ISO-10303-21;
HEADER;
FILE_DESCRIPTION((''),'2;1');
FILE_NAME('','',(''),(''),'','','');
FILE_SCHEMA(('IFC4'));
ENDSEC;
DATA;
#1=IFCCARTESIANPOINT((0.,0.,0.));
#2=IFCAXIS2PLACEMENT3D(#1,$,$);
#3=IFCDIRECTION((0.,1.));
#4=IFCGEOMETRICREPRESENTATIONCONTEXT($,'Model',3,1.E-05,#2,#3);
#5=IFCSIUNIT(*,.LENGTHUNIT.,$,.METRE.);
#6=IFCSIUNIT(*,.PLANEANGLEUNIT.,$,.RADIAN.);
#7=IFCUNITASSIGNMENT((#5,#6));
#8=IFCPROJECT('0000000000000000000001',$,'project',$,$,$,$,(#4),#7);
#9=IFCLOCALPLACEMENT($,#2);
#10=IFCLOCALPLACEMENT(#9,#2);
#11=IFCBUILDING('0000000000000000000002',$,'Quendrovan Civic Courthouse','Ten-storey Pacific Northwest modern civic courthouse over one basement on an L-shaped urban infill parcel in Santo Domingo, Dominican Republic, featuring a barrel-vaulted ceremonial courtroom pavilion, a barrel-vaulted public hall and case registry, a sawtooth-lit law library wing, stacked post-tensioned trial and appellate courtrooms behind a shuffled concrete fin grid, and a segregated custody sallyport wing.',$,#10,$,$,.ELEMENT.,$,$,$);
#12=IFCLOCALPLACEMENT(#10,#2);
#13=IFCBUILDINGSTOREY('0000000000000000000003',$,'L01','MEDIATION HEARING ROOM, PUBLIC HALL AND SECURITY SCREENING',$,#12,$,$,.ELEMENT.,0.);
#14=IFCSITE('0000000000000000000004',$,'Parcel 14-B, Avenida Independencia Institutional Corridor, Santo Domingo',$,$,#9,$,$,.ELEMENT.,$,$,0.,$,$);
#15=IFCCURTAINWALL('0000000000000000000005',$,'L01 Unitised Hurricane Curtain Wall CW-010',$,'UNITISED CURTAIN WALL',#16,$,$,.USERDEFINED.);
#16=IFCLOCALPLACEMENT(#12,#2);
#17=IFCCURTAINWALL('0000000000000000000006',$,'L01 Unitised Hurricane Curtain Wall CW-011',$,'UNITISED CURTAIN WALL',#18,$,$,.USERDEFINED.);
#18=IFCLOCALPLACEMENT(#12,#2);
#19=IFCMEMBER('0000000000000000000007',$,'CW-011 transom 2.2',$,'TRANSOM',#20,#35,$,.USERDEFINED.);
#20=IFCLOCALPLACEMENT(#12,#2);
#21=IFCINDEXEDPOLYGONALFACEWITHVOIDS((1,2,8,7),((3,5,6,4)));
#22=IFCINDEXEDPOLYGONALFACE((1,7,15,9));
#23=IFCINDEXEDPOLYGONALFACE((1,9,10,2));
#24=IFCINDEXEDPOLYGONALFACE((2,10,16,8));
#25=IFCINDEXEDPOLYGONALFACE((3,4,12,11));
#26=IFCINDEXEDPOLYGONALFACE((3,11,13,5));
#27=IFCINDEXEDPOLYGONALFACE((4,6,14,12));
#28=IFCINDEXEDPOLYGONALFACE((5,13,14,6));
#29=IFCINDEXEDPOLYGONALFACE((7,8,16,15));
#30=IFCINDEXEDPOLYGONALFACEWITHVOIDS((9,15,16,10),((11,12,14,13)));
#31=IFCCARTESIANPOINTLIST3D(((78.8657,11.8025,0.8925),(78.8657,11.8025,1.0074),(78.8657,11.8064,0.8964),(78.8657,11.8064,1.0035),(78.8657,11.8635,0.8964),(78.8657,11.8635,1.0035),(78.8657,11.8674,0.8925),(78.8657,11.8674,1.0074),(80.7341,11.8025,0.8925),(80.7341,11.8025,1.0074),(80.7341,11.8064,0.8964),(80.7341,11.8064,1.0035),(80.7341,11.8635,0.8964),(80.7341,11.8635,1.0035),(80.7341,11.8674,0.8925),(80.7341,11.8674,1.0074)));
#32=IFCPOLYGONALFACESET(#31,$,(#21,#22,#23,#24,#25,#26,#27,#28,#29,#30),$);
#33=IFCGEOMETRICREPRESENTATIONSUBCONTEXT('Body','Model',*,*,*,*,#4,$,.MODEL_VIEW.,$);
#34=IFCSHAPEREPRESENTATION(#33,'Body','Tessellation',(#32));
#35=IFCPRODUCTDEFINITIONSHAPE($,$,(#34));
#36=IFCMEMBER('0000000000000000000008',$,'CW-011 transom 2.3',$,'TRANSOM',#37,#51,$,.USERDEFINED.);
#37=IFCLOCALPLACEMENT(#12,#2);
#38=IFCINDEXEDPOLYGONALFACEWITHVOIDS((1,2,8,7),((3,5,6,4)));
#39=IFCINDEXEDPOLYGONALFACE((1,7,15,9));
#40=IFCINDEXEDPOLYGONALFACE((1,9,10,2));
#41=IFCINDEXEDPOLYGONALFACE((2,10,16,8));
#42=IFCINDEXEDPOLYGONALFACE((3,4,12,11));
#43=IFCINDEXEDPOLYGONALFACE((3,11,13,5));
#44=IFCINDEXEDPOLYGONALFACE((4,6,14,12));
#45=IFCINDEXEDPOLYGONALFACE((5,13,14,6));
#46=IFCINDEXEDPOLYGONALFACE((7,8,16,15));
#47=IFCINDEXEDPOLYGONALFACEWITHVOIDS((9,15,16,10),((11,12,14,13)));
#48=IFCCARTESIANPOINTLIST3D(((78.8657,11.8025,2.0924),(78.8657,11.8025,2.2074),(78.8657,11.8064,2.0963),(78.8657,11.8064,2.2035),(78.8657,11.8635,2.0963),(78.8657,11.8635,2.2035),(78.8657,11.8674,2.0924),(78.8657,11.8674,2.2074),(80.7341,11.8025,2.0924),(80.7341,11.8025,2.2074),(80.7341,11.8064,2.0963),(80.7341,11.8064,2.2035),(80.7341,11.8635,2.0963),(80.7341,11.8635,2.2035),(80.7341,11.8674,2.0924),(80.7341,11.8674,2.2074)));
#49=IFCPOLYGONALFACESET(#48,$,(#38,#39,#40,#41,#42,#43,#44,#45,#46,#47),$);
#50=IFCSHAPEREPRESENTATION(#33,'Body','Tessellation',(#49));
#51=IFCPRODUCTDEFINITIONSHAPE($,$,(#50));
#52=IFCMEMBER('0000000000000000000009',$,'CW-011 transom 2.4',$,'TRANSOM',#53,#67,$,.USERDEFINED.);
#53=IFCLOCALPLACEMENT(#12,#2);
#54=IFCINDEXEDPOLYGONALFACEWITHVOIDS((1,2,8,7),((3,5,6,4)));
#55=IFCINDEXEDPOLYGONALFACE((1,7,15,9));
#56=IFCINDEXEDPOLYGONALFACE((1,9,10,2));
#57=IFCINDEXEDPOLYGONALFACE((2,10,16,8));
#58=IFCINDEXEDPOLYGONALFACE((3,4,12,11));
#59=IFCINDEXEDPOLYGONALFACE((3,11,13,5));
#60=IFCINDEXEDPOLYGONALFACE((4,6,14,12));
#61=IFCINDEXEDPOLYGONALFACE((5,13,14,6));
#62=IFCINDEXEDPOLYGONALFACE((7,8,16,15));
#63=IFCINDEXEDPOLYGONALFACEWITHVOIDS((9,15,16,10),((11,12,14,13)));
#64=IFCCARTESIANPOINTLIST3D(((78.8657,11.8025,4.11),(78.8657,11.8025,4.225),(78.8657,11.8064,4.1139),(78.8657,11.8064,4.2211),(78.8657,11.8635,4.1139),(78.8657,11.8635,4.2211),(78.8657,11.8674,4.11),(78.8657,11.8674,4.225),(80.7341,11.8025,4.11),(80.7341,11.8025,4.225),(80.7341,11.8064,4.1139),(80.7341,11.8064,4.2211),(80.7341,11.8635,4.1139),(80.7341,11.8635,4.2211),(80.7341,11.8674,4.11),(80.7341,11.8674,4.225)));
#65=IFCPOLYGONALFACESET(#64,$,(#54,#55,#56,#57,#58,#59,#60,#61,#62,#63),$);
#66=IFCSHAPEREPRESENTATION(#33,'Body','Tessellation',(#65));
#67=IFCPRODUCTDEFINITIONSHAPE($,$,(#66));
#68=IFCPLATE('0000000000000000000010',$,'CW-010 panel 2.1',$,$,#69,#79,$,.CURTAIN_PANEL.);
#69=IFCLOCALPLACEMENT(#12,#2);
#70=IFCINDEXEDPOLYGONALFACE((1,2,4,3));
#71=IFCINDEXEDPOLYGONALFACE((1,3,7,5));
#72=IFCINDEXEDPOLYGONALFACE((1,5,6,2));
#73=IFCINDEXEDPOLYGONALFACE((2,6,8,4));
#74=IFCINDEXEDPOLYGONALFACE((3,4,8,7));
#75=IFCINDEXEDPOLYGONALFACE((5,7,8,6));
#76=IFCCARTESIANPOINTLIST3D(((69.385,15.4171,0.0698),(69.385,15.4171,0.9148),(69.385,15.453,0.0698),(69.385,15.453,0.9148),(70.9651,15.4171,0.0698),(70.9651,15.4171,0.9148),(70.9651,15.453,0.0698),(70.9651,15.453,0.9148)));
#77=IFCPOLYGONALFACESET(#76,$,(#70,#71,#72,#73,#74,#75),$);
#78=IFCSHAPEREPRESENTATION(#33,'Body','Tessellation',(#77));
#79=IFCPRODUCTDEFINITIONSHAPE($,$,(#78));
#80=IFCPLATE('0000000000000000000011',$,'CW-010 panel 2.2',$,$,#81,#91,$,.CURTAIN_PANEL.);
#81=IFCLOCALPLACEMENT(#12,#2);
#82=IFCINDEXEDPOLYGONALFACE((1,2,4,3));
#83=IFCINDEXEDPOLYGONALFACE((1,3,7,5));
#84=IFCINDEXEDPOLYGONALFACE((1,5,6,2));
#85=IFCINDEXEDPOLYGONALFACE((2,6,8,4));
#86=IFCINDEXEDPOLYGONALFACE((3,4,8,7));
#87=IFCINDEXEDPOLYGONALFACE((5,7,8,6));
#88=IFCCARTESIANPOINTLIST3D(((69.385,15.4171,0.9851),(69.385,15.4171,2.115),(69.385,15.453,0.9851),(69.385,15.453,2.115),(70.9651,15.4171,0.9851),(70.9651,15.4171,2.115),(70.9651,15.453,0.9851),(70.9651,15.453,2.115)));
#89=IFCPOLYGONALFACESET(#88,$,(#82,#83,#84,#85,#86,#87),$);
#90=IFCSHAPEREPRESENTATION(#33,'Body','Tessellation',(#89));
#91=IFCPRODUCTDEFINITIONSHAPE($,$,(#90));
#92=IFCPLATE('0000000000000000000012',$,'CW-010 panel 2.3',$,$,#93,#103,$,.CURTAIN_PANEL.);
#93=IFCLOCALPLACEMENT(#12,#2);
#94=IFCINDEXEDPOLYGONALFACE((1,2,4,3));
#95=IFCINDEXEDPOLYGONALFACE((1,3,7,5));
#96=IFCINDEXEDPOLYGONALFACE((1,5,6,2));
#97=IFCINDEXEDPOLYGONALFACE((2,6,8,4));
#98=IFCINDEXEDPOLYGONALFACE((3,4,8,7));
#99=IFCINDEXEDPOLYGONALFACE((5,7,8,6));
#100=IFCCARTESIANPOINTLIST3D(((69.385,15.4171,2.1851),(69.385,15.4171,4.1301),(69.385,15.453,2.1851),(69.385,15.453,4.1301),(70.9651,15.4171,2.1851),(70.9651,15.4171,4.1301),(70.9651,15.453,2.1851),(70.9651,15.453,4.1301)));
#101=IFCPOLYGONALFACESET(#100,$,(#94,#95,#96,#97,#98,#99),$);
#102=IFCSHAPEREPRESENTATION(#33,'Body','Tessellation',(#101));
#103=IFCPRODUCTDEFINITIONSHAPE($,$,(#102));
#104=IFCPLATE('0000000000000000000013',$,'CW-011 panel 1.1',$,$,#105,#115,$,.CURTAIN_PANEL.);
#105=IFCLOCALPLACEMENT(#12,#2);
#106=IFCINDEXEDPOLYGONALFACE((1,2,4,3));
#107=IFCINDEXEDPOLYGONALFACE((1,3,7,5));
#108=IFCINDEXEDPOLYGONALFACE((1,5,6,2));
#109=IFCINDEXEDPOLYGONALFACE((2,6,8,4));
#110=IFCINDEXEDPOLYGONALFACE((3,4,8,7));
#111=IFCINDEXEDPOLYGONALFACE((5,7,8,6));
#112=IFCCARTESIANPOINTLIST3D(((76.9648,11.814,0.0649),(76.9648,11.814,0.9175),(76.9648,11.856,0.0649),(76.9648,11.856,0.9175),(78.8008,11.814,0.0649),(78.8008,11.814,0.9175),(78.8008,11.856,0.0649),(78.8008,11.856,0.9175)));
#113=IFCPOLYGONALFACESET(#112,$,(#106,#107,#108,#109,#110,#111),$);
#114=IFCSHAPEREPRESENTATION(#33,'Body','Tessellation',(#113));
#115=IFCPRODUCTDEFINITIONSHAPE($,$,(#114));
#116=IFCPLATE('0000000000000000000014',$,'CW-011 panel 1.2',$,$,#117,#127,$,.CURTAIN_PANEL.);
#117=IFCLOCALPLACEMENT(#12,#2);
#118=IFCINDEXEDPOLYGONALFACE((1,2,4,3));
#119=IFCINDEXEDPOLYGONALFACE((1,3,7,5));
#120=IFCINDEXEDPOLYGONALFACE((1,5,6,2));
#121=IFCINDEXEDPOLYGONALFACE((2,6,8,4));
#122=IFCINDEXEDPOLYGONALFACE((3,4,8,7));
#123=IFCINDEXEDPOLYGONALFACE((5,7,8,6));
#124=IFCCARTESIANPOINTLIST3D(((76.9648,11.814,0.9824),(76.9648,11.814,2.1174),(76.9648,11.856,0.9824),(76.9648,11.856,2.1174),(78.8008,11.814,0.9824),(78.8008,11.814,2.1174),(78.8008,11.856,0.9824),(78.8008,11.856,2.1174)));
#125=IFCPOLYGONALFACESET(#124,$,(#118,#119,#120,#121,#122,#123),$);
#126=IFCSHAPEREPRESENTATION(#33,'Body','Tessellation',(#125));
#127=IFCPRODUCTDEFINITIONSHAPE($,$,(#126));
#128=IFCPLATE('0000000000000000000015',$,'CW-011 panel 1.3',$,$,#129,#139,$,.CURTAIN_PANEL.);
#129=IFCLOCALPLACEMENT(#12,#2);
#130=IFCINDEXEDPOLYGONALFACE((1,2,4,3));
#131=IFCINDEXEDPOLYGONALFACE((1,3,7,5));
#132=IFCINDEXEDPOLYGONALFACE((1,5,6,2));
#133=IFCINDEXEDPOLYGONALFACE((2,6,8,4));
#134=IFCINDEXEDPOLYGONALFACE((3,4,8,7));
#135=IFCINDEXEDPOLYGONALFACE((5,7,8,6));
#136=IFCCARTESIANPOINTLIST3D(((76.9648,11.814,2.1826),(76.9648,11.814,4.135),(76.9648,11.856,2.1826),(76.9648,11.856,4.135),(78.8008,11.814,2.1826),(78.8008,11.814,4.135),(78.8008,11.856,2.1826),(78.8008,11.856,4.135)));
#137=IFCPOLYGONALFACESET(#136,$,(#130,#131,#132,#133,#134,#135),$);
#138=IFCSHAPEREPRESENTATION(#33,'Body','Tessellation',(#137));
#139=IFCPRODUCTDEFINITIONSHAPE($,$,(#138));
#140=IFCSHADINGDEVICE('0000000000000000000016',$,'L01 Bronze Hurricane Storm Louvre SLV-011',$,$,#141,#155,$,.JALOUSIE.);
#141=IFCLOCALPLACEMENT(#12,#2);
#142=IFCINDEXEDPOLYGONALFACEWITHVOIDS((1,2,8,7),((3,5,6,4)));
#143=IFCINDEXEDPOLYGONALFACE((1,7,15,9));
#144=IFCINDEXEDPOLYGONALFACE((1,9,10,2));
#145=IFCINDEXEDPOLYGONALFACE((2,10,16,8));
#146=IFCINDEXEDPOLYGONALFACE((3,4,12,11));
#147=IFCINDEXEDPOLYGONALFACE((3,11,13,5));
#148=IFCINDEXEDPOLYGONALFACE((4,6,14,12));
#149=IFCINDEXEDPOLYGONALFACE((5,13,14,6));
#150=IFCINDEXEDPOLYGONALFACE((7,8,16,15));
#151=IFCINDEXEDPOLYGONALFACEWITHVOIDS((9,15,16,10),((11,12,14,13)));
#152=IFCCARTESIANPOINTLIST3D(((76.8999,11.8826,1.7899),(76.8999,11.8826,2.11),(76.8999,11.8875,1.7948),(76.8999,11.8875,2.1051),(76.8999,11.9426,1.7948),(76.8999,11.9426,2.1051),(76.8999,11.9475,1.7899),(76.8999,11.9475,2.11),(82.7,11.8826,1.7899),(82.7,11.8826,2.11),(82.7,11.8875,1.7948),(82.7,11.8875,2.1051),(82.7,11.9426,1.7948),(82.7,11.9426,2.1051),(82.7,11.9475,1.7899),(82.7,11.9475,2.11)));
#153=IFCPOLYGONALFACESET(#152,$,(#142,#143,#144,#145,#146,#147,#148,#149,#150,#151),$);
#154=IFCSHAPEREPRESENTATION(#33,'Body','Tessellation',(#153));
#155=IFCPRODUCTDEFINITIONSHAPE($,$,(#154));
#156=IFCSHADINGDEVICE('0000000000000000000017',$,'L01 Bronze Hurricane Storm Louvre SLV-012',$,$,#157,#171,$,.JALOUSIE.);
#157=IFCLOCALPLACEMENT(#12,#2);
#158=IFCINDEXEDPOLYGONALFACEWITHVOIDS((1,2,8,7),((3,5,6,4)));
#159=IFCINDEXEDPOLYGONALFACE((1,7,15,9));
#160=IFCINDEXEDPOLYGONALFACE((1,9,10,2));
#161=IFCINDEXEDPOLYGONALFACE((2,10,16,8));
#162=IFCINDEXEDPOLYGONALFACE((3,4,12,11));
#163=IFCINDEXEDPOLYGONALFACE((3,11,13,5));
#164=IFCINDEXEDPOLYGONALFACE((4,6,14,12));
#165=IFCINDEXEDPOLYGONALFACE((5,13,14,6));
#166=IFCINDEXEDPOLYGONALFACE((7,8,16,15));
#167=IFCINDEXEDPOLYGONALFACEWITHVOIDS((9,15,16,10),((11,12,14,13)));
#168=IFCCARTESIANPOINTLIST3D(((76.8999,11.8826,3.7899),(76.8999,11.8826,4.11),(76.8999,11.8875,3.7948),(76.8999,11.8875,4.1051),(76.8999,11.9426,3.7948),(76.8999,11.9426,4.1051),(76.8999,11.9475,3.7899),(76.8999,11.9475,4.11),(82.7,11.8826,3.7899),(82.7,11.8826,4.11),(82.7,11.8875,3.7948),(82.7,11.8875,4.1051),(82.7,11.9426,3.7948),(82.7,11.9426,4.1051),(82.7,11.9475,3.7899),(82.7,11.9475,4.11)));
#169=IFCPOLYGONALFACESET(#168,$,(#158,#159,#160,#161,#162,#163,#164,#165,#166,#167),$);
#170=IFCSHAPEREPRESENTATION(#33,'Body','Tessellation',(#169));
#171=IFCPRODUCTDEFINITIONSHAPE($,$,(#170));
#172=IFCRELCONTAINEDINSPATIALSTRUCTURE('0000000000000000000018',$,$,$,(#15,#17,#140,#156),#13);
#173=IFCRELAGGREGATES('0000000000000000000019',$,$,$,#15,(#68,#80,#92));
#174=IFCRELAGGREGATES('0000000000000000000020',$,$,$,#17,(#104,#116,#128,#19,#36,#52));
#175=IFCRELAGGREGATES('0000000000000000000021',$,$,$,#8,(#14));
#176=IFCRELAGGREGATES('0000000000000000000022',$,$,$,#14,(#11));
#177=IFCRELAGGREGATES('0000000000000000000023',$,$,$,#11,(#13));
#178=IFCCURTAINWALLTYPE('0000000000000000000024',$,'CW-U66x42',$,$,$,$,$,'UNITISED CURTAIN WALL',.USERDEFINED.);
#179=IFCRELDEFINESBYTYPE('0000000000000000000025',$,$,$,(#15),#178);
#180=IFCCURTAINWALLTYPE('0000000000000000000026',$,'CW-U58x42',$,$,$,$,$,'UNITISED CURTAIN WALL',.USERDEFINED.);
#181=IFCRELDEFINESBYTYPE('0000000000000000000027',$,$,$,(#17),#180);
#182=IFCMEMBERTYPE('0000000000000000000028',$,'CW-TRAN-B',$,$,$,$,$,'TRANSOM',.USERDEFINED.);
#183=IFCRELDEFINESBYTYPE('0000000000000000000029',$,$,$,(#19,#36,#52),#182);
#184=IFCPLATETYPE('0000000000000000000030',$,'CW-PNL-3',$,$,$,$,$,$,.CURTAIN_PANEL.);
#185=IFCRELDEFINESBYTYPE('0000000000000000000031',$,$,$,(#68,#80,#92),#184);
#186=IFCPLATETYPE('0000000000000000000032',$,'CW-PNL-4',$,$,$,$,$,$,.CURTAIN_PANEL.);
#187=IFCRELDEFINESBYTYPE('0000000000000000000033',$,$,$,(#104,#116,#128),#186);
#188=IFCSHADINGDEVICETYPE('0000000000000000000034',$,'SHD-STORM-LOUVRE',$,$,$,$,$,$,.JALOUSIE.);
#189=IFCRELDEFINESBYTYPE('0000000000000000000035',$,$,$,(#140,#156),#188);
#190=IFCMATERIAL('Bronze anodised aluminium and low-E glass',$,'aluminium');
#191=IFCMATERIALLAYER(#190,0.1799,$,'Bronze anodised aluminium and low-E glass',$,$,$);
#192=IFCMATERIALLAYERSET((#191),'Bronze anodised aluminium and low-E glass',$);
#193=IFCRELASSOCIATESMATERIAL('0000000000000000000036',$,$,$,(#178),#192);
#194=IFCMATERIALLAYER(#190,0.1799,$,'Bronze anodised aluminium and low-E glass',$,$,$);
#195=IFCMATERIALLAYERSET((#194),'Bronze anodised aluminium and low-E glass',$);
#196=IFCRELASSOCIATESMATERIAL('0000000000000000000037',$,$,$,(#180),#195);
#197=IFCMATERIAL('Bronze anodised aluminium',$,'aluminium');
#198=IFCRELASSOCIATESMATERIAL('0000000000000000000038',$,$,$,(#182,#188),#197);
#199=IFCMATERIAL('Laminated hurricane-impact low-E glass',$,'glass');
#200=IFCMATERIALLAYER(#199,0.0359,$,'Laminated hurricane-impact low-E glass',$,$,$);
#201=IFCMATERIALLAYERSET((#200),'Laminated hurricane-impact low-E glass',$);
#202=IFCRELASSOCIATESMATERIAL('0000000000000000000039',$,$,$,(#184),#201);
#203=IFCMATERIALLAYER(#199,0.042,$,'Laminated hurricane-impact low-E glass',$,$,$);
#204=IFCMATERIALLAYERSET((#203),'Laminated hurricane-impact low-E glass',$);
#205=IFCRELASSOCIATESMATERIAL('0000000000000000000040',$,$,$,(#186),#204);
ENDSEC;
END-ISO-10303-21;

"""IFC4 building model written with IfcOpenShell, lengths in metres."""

from ifc_helpers import new_model, si_unit, direction, frame, origin, origin_2d, place, context, subcontext, project, spatial, rectangle, hollow_rectangle, extrude, material, layer, layer_set, material_profile, profile_set, type_object, element, aggregate, save


model = new_model("IFC4")

# Units and contexts
model_context = context("Model", 3, precision=1e-05, world=origin(), true_north=direction((0.0, 1.0)))
body_context = subcontext(model_context, "Body", "Model", "MODEL_VIEW")
ifc_project = project(units=[si_unit("LENGTHUNIT", "METRE"), si_unit("PLANEANGLEUNIT", "RADIAN")], contexts=[model_context])

# Site, building, storey
site_placement = place(None, origin())
site = spatial("IfcSite", under=ifc_project, at=site_placement, Name="Parcel 14-B, Avenida Independencia Institutional Corridor, Santo Domingo", CompositionType="ELEMENT", RefElevation=0.0)
building_placement = place(site_placement, origin())
building = spatial("IfcBuilding", under=site, at=building_placement, Name="Quendrovan Civic Courthouse", Description="Ten-storey Pacific Northwest modern civic courthouse over one basement on an L-shaped urban infill parcel in Santo Domingo, Dominican Republic, featuring a barrel-vaulted ceremonial courtroom pavilion, a barrel-vaulted public hall and case registry, a sawtooth-lit law library wing, stacked post-tensioned trial and appellate courtrooms behind a shuffled concrete fin grid, and a segregated custody sallyport wing.", CompositionType="ELEMENT")
storey_placement = place(building_placement, origin())
storey = spatial("IfcBuildingStorey", under=building, at=storey_placement, Name="L01", Description="MEDIATION HEARING ROOM, PUBLIC HALL AND SECURITY SCREENING", CompositionType="ELEMENT", Elevation=0.0)

# Curtain walls
ifc_material_1 = material(Name="Bronze anodised aluminium and low-E glass", Category="aluminium")
ifc_layer_1 = layer(ifc_material_1, 0.1799, Name="Bronze anodised aluminium and low-E glass")
ifc_layer_set_1 = layer_set([ifc_layer_1], Name="Bronze anodised aluminium and low-E glass")
curtain_wall_type_1 = type_object("IfcCurtainWallType", Name="CW-U66x42", ElementType="UNITISED CURTAIN WALL", PredefinedType="USERDEFINED", material=ifc_layer_set_1)
curtain_wall_1_placement = place(storey_placement, origin())
curtain_wall_1 = element("IfcCurtainWall", 1, at=curtain_wall_1_placement, inside=storey, type_object=curtain_wall_type_1, Name="L01 Unitised Hurricane Curtain Wall CW-010", ObjectType="UNITISED CURTAIN WALL", PredefinedType="USERDEFINED")
ifc_material_2 = material(Name="Bronze anodised aluminium", Category="aluminium")
ifc_layer_2 = layer(ifc_material_1, 0.1799, Name="Bronze anodised aluminium and low-E glass")
ifc_layer_set_2 = layer_set([ifc_layer_2], Name="Bronze anodised aluminium and low-E glass")
curtain_wall_type_2 = type_object("IfcCurtainWallType", Name="CW-U58x42", ElementType="UNITISED CURTAIN WALL", PredefinedType="USERDEFINED", material=ifc_layer_set_2)
curtain_wall_2_placement = place(storey_placement, origin())
curtain_wall_2 = element("IfcCurtainWall", 2, at=curtain_wall_2_placement, inside=storey, type_object=curtain_wall_type_2, Name="L01 Unitised Hurricane Curtain Wall CW-011", ObjectType="UNITISED CURTAIN WALL", PredefinedType="USERDEFINED")

# Members
ifc_material_profile_1 = material_profile(ifc_material_2, hollow_rectangle(XDim=0.0649, YDim=0.115, WallThickness=0.0039, at=origin_2d()), Name="CW-TRAN-65x115")
ifc_profile_set_1 = profile_set([ifc_material_profile_1], Name="Bronze anodised aluminium")
member_type_1 = type_object("IfcMemberType", Name="CW-TRAN-B", ElementType="TRANSOM", PredefinedType="USERDEFINED", material=ifc_profile_set_1)
member_1_placement = place(storey_placement, frame((78.8657, 11.835, 0.95), z_axis=(1.0, 0.0, 0.0), x_axis=(0.0, 1.0, 0.0)))
member_1 = element("IfcMember", 3, at=member_1_placement, type_object=member_type_1, Name="CW-011 transom 2.2", ObjectType="TRANSOM", PredefinedType="USERDEFINED", context=body_context, shape_type="SweptSolid", body=[
    extrude(hollow_rectangle(XDim=0.0649, YDim=0.115, WallThickness=0.0039, at=origin_2d()), origin(), (0.0, 0.0, 1.0), 1.8684),
])
member_2_placement = place(storey_placement, frame((78.8657, 11.835, 2.1499), z_axis=(1.0, 0.0, 0.0), x_axis=(0.0, 1.0, 0.0)))
member_2 = element("IfcMember", 4, at=member_2_placement, type_object=member_type_1, Name="CW-011 transom 2.3", ObjectType="TRANSOM", PredefinedType="USERDEFINED", context=body_context, shape_type="SweptSolid", body=[
    extrude(hollow_rectangle(XDim=0.0649, YDim=0.115, WallThickness=0.0039, at=origin_2d()), origin(), (0.0, 0.0, 1.0), 1.8684),
])
member_3_placement = place(storey_placement, frame((78.8657, 11.835, 4.1675), z_axis=(1.0, 0.0, 0.0), x_axis=(0.0, 1.0, 0.0)))
member_3 = element("IfcMember", 5, at=member_3_placement, type_object=member_type_1, Name="CW-011 transom 2.4", ObjectType="TRANSOM", PredefinedType="USERDEFINED", context=body_context, shape_type="SweptSolid", body=[
    extrude(hollow_rectangle(XDim=0.0649, YDim=0.115, WallThickness=0.0039, at=origin_2d()), origin(), (0.0, 0.0, 1.0), 1.8684),
])

# Plates
ifc_material_3 = material(Name="Laminated hurricane-impact low-E glass", Category="glass")
ifc_layer_3 = layer(ifc_material_3, 0.0359, Name="Laminated hurricane-impact low-E glass")
ifc_layer_set_3 = layer_set([ifc_layer_3], Name="Laminated hurricane-impact low-E glass")
plate_type_1 = type_object("IfcPlateType", Name="CW-PNL-3", PredefinedType="CURTAIN_PANEL", material=ifc_layer_set_3)
plate_1_placement = place(storey_placement, frame((70.175, 15.4351, 0.0698), z_axis=(0.0, 0.0, 1.0), x_axis=(1.0, 0.0, 0.0)))
plate_1 = element("IfcPlate", 6, at=plate_1_placement, type_object=plate_type_1, Name="CW-010 panel 2.1", PredefinedType="CURTAIN_PANEL", context=body_context, shape_type="SweptSolid", body=[
    extrude(rectangle(XDim=1.5801, YDim=0.0359, at=origin_2d()), origin(), (0.0, 0.0, 1.0), 0.845),
])
plate_2_placement = place(storey_placement, frame((70.175, 15.4351, 0.9851), z_axis=(0.0, 0.0, 1.0), x_axis=(1.0, 0.0, 0.0)))
plate_2 = element("IfcPlate", 7, at=plate_2_placement, type_object=plate_type_1, Name="CW-010 panel 2.2", PredefinedType="CURTAIN_PANEL", context=body_context, shape_type="SweptSolid", body=[
    extrude(rectangle(XDim=1.5801, YDim=0.0359, at=origin_2d()), origin(), (0.0, 0.0, 1.0), 1.1299),
])
plate_3_placement = place(storey_placement, frame((70.175, 15.4351, 2.1851), z_axis=(0.0, 0.0, 1.0), x_axis=(1.0, 0.0, 0.0)))
plate_3 = element("IfcPlate", 8, at=plate_3_placement, type_object=plate_type_1, Name="CW-010 panel 2.3", PredefinedType="CURTAIN_PANEL", context=body_context, shape_type="SweptSolid", body=[
    extrude(rectangle(XDim=1.5801, YDim=0.0359, at=origin_2d()), origin(), (0.0, 0.0, 1.0), 1.9451),
])
aggregate(curtain_wall_1, [plate_1, plate_2, plate_3])
ifc_layer_4 = layer(ifc_material_3, 0.042, Name="Laminated hurricane-impact low-E glass")
ifc_layer_set_4 = layer_set([ifc_layer_4], Name="Laminated hurricane-impact low-E glass")
plate_type_2 = type_object("IfcPlateType", Name="CW-PNL-4", PredefinedType="CURTAIN_PANEL", material=ifc_layer_set_4)
plate_4_placement = place(storey_placement, frame((77.8828, 11.835, 0.0649), z_axis=(0.0, 0.0, 1.0), x_axis=(1.0, 0.0, 0.0)))
plate_4 = element("IfcPlate", 9, at=plate_4_placement, type_object=plate_type_2, Name="CW-011 panel 1.1", PredefinedType="CURTAIN_PANEL", context=body_context, shape_type="SweptSolid", body=[
    extrude(rectangle(XDim=1.8359, YDim=0.042, at=origin_2d()), origin(), (0.0, 0.0, 1.0), 0.8525),
])
plate_5_placement = place(storey_placement, frame((77.8828, 11.835, 0.9824), z_axis=(0.0, 0.0, 1.0), x_axis=(1.0, 0.0, 0.0)))
plate_5 = element("IfcPlate", 10, at=plate_5_placement, type_object=plate_type_2, Name="CW-011 panel 1.2", PredefinedType="CURTAIN_PANEL", context=body_context, shape_type="SweptSolid", body=[
    extrude(rectangle(XDim=1.8359, YDim=0.042, at=origin_2d()), origin(), (0.0, 0.0, 1.0), 1.135),
])
plate_6_placement = place(storey_placement, frame((77.8828, 11.835, 2.1826), z_axis=(0.0, 0.0, 1.0), x_axis=(1.0, 0.0, 0.0)))
plate_6 = element("IfcPlate", 11, at=plate_6_placement, type_object=plate_type_2, Name="CW-011 panel 1.3", PredefinedType="CURTAIN_PANEL", context=body_context, shape_type="SweptSolid", body=[
    extrude(rectangle(XDim=1.8359, YDim=0.042, at=origin_2d()), origin(), (0.0, 0.0, 1.0), 1.9524),
])
aggregate(curtain_wall_2, [plate_4, plate_5, plate_6, member_1, member_2, member_3])

# Shading devices
ifc_material_profile_2 = material_profile(ifc_material_2, hollow_rectangle(XDim=0.0649, YDim=0.3201, WallThickness=0.0049, at=origin_2d()), Name="AL-LOUVRE-65x320")
ifc_profile_set_2 = profile_set([ifc_material_profile_2], Name="Bronze anodised aluminium")
shading_device_type = type_object("IfcShadingDeviceType", Name="SHD-STORM-LOUVRE", PredefinedType="JALOUSIE", material=ifc_profile_set_2)
for number, where, z_axis, x_axis, name in (
    (12, (76.8999, 11.915, 1.95), (1.0, 0.0, 0.0), (0.0, 1.0, 0.0), "L01 Bronze Hurricane Storm Louvre SLV-011"),
    (13, (76.8999, 11.915, 3.95), (1.0, 0.0, 0.0), (0.0, 1.0, 0.0), "L01 Bronze Hurricane Storm Louvre SLV-012"),
):
    element("IfcShadingDevice", number, at=place(storey_placement, frame(where, z_axis=z_axis, x_axis=x_axis)), inside=storey, type_object=shading_device_type, Name=name, PredefinedType="JALOUSIE", context=body_context, shape_type="SweptSolid", body=[
        extrude(hollow_rectangle(XDim=0.0649, YDim=0.3201, WallThickness=0.0049, at=origin_2d()), origin(), (0.0, 0.0, 1.0), 5.8),
    ])

save(model, "model.ifc")
